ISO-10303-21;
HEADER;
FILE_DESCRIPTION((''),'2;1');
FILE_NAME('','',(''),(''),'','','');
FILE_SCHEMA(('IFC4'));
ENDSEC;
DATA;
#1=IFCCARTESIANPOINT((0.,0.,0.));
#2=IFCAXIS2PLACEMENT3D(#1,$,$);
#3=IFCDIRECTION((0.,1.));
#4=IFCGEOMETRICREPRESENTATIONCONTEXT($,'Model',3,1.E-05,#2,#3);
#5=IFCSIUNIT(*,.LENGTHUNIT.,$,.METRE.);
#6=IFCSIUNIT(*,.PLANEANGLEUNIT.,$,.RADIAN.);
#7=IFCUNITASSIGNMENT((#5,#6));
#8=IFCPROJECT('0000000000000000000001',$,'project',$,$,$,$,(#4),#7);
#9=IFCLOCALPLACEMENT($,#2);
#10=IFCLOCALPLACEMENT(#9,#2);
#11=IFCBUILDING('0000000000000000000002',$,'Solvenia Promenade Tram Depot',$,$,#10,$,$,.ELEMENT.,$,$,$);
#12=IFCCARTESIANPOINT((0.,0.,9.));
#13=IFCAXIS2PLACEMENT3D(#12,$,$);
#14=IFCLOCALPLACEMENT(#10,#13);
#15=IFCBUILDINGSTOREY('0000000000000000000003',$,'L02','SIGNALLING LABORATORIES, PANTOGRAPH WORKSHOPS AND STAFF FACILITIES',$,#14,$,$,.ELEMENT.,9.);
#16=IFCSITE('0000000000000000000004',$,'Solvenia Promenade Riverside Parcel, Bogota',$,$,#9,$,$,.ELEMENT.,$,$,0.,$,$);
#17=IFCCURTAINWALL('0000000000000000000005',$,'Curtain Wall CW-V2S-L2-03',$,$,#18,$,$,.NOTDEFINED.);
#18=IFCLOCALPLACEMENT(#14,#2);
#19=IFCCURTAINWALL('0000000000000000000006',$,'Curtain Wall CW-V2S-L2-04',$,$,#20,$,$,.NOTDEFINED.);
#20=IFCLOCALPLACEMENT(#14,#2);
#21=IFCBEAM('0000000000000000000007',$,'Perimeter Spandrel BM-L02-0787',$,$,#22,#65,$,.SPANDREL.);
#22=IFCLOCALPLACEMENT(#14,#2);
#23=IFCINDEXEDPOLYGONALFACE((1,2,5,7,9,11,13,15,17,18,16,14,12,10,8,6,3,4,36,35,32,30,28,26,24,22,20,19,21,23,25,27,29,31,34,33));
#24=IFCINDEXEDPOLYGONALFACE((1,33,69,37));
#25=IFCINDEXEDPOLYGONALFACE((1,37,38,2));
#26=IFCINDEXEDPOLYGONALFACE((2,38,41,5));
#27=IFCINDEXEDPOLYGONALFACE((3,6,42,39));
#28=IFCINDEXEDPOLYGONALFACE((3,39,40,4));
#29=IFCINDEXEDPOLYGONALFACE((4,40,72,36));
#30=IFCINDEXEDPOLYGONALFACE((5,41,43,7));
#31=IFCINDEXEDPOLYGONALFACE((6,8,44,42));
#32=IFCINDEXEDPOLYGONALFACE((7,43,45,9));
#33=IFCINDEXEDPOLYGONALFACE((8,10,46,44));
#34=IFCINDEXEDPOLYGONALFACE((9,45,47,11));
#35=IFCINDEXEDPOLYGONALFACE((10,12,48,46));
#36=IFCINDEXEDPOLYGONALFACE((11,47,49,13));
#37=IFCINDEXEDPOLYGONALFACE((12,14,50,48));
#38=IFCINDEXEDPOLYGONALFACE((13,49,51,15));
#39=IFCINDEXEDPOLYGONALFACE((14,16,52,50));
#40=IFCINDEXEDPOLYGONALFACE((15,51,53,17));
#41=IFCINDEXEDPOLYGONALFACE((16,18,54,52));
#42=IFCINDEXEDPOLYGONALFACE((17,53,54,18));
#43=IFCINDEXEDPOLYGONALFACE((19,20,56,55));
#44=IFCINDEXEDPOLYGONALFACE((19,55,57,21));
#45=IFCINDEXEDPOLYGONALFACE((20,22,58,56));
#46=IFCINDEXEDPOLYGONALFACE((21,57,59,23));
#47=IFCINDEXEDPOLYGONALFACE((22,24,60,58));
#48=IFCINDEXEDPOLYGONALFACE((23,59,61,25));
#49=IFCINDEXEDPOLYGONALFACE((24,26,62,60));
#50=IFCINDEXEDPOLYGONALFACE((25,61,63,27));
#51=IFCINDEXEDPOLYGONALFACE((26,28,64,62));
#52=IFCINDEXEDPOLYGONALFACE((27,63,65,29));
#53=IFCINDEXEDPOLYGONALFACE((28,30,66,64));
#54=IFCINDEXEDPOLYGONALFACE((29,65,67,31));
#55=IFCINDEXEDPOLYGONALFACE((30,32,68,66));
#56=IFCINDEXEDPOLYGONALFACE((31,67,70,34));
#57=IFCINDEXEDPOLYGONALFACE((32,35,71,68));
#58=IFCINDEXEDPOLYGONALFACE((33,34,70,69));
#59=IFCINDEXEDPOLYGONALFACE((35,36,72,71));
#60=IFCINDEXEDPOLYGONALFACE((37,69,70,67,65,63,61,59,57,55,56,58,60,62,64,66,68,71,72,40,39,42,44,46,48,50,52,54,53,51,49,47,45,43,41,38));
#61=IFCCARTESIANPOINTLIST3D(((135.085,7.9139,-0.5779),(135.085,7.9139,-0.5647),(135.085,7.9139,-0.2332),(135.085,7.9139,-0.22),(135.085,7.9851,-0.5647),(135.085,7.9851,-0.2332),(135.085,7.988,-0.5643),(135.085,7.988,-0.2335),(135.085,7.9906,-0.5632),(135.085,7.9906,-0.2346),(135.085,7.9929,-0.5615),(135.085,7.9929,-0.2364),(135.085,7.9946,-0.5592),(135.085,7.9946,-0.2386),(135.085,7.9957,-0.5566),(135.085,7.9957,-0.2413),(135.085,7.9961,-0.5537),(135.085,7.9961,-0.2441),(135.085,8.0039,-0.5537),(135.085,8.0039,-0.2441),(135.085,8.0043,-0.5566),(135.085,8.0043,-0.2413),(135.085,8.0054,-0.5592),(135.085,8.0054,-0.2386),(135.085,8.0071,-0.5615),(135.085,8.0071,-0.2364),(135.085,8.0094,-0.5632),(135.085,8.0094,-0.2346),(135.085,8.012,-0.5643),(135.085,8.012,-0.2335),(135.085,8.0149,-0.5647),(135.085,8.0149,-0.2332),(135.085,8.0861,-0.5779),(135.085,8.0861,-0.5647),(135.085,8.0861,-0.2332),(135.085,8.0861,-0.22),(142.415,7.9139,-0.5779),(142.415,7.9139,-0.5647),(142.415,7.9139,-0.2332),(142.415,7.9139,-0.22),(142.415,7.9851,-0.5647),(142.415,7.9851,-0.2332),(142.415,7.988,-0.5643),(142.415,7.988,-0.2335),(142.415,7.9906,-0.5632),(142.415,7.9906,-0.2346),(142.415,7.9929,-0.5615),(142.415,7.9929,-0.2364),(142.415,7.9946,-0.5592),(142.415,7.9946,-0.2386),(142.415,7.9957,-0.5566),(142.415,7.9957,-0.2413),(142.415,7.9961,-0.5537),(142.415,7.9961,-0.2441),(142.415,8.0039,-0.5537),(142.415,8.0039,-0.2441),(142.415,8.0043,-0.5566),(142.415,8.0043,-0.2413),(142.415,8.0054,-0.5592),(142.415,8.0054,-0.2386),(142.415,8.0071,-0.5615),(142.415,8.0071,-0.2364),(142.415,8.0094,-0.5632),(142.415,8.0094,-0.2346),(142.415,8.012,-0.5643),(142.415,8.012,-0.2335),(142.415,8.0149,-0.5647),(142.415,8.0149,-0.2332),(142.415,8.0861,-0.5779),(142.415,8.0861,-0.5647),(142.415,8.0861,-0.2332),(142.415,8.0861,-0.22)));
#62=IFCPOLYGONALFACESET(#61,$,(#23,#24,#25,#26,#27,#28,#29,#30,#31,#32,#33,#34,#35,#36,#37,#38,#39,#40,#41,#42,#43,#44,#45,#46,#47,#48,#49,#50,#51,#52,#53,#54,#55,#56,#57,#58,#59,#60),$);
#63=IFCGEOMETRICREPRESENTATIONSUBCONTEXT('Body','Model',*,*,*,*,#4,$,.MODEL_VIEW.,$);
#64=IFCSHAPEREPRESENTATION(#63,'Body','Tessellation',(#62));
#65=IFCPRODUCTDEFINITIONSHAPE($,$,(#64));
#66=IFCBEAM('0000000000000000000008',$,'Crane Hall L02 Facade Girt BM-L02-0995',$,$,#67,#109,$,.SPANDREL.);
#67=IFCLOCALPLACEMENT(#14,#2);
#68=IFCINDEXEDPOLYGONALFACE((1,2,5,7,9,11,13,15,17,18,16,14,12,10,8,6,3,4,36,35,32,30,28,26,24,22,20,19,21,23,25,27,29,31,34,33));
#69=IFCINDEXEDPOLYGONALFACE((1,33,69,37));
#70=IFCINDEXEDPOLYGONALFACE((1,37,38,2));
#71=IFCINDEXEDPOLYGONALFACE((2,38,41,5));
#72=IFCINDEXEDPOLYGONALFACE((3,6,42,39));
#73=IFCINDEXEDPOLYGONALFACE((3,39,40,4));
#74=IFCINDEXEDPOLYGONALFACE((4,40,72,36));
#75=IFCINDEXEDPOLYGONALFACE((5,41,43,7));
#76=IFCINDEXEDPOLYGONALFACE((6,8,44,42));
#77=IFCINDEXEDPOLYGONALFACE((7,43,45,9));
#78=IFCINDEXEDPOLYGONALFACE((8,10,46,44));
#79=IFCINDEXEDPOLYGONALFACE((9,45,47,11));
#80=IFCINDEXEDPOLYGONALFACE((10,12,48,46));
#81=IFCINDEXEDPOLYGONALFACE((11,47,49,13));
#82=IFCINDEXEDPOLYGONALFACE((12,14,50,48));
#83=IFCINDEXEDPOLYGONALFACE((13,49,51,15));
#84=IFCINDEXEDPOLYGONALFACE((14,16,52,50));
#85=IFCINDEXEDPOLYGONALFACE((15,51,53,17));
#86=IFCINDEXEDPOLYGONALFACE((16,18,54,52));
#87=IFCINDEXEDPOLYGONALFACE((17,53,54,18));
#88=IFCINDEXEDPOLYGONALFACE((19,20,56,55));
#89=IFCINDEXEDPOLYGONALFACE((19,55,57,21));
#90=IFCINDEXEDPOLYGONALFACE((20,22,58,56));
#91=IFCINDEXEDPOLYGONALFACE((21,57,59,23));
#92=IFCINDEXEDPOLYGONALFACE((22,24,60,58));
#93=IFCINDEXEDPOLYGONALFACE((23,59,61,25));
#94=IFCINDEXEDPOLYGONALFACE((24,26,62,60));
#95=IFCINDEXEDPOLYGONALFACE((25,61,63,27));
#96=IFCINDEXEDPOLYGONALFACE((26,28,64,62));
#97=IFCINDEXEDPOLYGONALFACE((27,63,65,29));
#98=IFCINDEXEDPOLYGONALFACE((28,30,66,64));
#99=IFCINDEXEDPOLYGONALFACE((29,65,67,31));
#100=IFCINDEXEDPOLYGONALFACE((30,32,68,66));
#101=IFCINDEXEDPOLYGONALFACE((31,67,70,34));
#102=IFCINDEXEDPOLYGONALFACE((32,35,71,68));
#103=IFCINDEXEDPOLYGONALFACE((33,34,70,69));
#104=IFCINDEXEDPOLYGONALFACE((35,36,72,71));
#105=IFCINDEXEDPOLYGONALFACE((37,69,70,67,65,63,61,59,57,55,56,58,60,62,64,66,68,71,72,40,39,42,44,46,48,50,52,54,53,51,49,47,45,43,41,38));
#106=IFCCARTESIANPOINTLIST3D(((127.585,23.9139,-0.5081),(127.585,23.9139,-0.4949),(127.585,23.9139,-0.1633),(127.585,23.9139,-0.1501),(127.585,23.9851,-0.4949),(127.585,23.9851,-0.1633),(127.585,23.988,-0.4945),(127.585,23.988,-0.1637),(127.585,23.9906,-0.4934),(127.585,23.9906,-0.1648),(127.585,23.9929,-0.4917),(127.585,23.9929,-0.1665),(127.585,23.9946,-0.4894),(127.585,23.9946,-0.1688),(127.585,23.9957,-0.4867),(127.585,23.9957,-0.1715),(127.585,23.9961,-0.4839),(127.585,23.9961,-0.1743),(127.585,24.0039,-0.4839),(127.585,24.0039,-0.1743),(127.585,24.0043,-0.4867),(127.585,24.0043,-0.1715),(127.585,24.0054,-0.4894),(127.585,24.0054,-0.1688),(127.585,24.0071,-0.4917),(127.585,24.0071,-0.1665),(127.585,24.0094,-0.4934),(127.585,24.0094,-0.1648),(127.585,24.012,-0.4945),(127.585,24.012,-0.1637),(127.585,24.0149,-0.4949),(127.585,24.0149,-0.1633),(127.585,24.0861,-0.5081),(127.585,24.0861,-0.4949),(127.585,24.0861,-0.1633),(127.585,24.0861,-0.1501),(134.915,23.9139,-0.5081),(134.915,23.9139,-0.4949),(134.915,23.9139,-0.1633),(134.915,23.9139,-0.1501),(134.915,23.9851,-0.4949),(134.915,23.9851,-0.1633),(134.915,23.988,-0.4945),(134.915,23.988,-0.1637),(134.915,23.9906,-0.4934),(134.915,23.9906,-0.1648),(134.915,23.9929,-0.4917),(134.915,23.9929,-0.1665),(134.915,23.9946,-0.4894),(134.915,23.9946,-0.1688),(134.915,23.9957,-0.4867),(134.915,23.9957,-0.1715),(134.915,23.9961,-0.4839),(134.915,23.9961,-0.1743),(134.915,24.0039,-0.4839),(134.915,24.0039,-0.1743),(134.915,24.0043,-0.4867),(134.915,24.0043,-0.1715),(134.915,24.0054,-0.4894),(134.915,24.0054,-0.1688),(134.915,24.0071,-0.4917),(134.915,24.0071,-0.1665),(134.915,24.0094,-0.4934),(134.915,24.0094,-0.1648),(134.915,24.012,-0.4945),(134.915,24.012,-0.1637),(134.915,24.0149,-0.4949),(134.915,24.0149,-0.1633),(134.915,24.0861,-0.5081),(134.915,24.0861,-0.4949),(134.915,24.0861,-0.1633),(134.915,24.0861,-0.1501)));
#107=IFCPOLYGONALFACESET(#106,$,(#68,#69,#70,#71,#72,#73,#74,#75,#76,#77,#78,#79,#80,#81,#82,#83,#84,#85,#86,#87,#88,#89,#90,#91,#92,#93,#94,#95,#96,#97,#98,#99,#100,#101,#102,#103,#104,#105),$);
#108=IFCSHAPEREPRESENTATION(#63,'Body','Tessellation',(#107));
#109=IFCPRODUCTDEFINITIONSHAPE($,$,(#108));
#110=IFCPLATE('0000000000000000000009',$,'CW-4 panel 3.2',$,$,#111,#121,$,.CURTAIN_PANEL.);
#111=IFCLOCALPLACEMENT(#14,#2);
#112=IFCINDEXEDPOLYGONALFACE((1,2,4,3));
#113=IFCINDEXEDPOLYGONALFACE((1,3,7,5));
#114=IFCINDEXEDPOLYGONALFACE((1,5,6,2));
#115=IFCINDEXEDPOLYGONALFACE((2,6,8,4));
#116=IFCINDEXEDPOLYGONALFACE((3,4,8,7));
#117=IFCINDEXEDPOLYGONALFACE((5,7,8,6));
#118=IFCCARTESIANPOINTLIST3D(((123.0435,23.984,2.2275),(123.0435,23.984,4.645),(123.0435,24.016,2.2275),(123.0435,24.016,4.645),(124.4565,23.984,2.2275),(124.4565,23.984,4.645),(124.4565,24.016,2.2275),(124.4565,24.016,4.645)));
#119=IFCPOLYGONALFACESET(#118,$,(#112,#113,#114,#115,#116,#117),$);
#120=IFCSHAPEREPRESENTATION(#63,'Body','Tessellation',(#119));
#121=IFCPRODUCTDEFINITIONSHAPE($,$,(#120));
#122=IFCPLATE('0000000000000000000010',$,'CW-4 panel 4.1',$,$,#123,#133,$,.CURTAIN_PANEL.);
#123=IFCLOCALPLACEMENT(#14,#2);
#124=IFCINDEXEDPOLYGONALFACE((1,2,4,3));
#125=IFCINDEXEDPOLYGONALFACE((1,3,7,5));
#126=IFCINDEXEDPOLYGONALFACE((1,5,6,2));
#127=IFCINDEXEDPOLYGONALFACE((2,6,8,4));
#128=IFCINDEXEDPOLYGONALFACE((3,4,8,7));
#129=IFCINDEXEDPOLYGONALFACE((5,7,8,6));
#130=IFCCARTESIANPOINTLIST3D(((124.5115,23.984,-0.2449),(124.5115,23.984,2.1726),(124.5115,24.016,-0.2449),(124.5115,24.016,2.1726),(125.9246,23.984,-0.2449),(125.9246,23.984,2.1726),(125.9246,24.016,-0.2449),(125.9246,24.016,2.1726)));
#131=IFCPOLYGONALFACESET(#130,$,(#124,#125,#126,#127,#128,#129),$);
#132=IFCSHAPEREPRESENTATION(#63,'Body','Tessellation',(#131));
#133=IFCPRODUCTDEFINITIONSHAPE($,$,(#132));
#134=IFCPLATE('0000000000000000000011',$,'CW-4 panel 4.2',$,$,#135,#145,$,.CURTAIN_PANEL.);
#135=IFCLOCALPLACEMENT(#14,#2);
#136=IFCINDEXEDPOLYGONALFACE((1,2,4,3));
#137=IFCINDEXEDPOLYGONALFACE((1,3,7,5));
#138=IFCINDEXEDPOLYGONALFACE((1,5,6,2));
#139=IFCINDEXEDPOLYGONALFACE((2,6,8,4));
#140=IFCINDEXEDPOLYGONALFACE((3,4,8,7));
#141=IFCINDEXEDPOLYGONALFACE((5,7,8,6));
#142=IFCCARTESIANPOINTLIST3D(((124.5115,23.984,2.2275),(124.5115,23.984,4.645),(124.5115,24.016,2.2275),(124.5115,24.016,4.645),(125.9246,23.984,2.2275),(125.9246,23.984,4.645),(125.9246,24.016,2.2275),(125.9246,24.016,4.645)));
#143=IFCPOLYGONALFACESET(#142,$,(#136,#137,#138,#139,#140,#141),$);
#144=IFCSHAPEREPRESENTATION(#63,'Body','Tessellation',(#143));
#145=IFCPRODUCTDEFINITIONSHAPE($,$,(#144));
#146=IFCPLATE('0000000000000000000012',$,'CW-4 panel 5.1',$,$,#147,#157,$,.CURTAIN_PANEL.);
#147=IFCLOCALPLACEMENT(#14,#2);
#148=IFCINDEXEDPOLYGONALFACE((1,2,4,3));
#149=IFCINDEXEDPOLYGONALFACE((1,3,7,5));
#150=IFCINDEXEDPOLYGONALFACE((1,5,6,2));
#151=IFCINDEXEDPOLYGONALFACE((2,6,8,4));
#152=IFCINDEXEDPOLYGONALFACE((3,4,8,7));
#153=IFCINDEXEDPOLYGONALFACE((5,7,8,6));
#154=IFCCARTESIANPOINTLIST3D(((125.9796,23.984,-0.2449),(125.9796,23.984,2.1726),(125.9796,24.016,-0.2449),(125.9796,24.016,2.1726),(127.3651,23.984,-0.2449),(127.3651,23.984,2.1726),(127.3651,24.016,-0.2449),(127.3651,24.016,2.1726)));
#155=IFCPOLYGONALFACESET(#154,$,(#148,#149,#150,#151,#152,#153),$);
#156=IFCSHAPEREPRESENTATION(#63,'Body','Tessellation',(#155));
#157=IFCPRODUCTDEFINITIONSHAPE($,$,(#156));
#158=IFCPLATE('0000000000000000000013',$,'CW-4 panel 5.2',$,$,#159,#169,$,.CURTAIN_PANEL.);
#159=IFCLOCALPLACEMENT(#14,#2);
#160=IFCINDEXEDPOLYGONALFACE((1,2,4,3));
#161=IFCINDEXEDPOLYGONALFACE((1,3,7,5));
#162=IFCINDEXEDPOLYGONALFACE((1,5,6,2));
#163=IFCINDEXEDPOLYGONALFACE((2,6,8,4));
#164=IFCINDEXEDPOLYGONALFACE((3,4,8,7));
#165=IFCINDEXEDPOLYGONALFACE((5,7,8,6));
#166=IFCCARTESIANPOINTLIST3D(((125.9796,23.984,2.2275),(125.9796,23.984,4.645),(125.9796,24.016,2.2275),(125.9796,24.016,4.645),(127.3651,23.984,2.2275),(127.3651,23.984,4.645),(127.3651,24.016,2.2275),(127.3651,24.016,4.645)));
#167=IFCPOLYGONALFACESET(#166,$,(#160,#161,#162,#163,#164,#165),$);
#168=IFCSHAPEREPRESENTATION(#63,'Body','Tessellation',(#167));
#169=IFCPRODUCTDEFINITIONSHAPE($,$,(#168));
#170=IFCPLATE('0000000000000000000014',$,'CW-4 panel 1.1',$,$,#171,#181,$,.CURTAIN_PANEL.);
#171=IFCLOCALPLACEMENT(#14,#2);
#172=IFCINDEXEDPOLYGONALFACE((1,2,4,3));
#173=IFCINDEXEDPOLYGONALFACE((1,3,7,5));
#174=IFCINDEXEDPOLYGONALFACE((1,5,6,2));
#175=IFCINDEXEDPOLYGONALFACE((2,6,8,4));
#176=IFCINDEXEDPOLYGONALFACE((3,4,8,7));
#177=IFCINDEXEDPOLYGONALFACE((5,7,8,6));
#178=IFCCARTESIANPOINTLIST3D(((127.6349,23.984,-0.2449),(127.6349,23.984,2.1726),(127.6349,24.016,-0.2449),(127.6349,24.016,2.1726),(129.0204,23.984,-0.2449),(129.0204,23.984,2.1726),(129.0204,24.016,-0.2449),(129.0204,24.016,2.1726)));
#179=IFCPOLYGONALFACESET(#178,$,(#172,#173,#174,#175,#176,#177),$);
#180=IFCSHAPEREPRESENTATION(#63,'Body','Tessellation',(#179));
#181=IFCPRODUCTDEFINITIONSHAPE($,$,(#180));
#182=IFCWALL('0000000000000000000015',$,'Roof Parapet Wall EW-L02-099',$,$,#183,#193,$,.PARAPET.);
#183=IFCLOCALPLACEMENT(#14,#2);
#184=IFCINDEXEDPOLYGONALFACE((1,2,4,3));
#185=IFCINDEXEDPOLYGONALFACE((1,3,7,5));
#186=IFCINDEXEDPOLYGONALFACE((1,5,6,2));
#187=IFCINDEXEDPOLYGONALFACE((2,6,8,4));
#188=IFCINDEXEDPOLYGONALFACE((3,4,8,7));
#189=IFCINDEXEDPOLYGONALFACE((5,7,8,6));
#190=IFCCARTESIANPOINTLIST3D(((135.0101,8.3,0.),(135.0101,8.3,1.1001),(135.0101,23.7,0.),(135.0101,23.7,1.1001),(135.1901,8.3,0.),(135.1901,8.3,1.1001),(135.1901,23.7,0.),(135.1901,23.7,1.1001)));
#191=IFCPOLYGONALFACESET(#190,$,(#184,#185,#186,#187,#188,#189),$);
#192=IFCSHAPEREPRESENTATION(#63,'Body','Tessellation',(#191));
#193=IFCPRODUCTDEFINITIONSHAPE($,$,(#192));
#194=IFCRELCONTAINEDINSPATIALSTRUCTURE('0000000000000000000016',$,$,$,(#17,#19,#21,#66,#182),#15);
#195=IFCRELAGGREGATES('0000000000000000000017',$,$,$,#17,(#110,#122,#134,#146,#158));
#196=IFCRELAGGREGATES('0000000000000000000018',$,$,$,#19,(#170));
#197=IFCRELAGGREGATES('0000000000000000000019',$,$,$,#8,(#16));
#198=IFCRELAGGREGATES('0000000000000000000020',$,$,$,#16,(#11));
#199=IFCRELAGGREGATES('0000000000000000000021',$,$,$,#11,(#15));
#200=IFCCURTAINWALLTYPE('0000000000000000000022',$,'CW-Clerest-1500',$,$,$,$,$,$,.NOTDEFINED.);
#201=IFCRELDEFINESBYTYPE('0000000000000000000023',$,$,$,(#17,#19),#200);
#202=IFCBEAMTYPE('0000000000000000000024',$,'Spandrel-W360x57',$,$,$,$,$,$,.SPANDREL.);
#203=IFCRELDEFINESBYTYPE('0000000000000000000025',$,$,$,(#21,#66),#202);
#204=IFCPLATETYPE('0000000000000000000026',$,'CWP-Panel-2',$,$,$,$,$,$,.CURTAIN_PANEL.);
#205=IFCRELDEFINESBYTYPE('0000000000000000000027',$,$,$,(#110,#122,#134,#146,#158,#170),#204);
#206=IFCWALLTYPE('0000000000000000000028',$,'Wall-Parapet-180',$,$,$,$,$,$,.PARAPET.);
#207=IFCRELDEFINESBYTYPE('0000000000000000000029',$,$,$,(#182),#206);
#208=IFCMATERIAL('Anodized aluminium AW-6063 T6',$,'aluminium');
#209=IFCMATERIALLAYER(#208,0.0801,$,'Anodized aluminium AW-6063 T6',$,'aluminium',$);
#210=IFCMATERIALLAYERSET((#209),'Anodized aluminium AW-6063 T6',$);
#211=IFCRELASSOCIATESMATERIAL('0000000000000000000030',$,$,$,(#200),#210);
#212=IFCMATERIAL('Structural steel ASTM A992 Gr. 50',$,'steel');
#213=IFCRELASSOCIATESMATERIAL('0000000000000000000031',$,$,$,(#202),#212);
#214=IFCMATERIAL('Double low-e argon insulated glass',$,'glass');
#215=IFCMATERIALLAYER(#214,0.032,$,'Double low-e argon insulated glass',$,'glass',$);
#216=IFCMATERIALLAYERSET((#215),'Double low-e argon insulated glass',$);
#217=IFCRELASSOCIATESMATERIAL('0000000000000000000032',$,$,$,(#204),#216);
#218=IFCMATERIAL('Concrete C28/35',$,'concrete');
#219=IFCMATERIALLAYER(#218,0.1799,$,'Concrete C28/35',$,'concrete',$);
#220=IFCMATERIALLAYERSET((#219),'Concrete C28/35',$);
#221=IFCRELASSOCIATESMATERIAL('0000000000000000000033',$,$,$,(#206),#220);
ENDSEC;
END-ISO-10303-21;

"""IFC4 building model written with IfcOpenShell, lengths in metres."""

from ifc_helpers import new_model, si_unit, direction, frame, frame_2d, origin, origin_2d, place, context, subcontext, project, spatial, rectangle, i_section, extrude, material, layer, layer_set, material_profile, profile_set, type_object, element, aggregate, save


model = new_model("IFC4")

# Units and contexts
model_context = context("Model", 3, precision=1e-05, world=origin(), true_north=direction((0.0, 1.0)))
body_context = subcontext(model_context, "Body", "Model", "MODEL_VIEW")
ifc_project = project(units=[si_unit("LENGTHUNIT", "METRE"), si_unit("PLANEANGLEUNIT", "RADIAN")], contexts=[model_context])

# Site, building, storey
site_placement = place(None, origin())
site = spatial("IfcSite", under=ifc_project, at=site_placement, Name="Solvenia Promenade Riverside Parcel, Bogota", CompositionType="ELEMENT", RefElevation=0.0)
building_placement = place(site_placement, origin())
building = spatial("IfcBuilding", under=site, at=building_placement, Name="Solvenia Promenade Tram Depot", CompositionType="ELEMENT")
storey_placement = place(building_placement, frame((0.0, 0.0, 9.0)))
storey = spatial("IfcBuildingStorey", under=building, at=storey_placement, Name="L02", Description="SIGNALLING LABORATORIES, PANTOGRAPH WORKSHOPS AND STAFF FACILITIES", CompositionType="ELEMENT", Elevation=9.0)

# Shared definitions
ifc_material_1 = material(Name="Structural steel ASTM A992 Gr. 50", Category="steel")

# Curtain wall
ifc_material_2 = material(Name="Anodized aluminium AW-6063 T6", Category="aluminium")
ifc_layer_1 = layer(ifc_material_2, 0.0801, Name="Anodized aluminium AW-6063 T6", Category="aluminium")
ifc_layer_set_1 = layer_set([ifc_layer_1], Name="Anodized aluminium AW-6063 T6")
curtain_wall_type = type_object("IfcCurtainWallType", Name="CW-Clerest-1500", PredefinedType="NOTDEFINED", material=ifc_layer_set_1)
curtain_wall_1_placement = place(storey_placement, origin())
curtain_wall_1 = element("IfcCurtainWall", 1, at=curtain_wall_1_placement, inside=storey, type_object=curtain_wall_type, Name="Curtain Wall CW-V2S-L2-03", PredefinedType="NOTDEFINED")

# Curtain wall
curtain_wall_2_placement = place(storey_placement, origin())
curtain_wall_2 = element("IfcCurtainWall", 2, at=curtain_wall_2_placement, inside=storey, type_object=curtain_wall_type, Name="Curtain Wall CW-V2S-L2-04", PredefinedType="NOTDEFINED")

# Beams
ifc_material_profile_1 = material_profile(ifc_material_1, i_section(OverallWidth=0.1721, OverallDepth=0.3579, WebThickness=0.0078, FlangeThickness=0.0132, FilletRadius=0.011, at=origin_2d()), Name="W360x57", Category="steel")
ifc_profile_set_1 = profile_set([ifc_material_profile_1], Name="Structural steel ASTM A992 Gr. 50")
beam_type_1 = type_object("IfcBeamType", Name="Spandrel-W360x57", PredefinedType="SPANDREL", material=ifc_profile_set_1)
for number, where, z_axis, x_axis, name in (
    (3, (135.085, 8.0, -0.3989), (1.0, 0.0, 0.0), (0.0, 1.0, 0.0), "Perimeter Spandrel BM-L02-0787"),
    (4, (127.585, 24.0, -0.3291), (1.0, 0.0, 0.0), (0.0, 1.0, 0.0), "Crane Hall L02 Facade Girt BM-L02-0995"),
):
    element("IfcBeam", number, at=place(storey_placement, frame(where, z_axis=z_axis, x_axis=x_axis)), inside=storey, type_object=beam_type_1, Name=name, PredefinedType="SPANDREL", context=body_context, shape_type="SweptSolid", body=[
        extrude(i_section(OverallWidth=0.1721, OverallDepth=0.3579, WebThickness=0.0078, FlangeThickness=0.0132, FilletRadius=0.011, at=origin_2d()), origin(), (0.0, 0.0, 1.0), 7.3301),
    ])

# Plates
ifc_material_3 = material(Name="Double low-e argon insulated glass", Category="glass")
ifc_layer_2 = layer(ifc_material_3, 0.032, Name="Double low-e argon insulated glass", Category="glass")
ifc_layer_set_2 = layer_set([ifc_layer_2], Name="Double low-e argon insulated glass")
plate_type = type_object("IfcPlateType", Name="CWP-Panel-2", PredefinedType="CURTAIN_PANEL", material=ifc_layer_set_2)
plate_1_placement = place(storey_placement, frame((123.75, 24.0, 2.2275), z_axis=(0.0, 0.0, 1.0), x_axis=(1.0, 0.0, 0.0)))
plate_1 = element("IfcPlate", 5, at=plate_1_placement, type_object=plate_type, Name="CW-4 panel 3.2", PredefinedType="CURTAIN_PANEL", context=body_context, shape_type="SweptSolid", body=[
    extrude(rectangle(XDim=1.4131, YDim=0.032, at=origin_2d()), origin(), (0.0, 0.0, 1.0), 2.4175),
])
plate_2_placement = place(storey_placement, frame((125.218, 24.0, -0.2449), z_axis=(0.0, 0.0, 1.0), x_axis=(1.0, 0.0, 0.0)))
plate_2 = element("IfcPlate", 6, at=plate_2_placement, type_object=plate_type, Name="CW-4 panel 4.1", PredefinedType="CURTAIN_PANEL", context=body_context, shape_type="SweptSolid", body=[
    extrude(rectangle(XDim=1.4131, YDim=0.032, at=origin_2d()), origin(), (0.0, 0.0, 1.0), 2.4175),
])
plate_3_placement = place(storey_placement, frame((125.218, 24.0, 2.2275), z_axis=(0.0, 0.0, 1.0), x_axis=(1.0, 0.0, 0.0)))
plate_3 = element("IfcPlate", 7, at=plate_3_placement, type_object=plate_type, Name="CW-4 panel 4.2", PredefinedType="CURTAIN_PANEL", context=body_context, shape_type="SweptSolid", body=[
    extrude(rectangle(XDim=1.4131, YDim=0.032, at=origin_2d()), origin(), (0.0, 0.0, 1.0), 2.4175),
])
plate_4_placement = place(storey_placement, frame((126.6724, 24.0, -0.2449), z_axis=(0.0, 0.0, 1.0), x_axis=(1.0, 0.0, 0.0)))
plate_4 = element("IfcPlate", 8, at=plate_4_placement, type_object=plate_type, Name="CW-4 panel 5.1", PredefinedType="CURTAIN_PANEL", context=body_context, shape_type="SweptSolid", body=[
    extrude(rectangle(XDim=1.3855, YDim=0.032, at=origin_2d()), origin(), (0.0, 0.0, 1.0), 2.4175),
])
plate_5_placement = place(storey_placement, frame((126.6724, 24.0, 2.2275), z_axis=(0.0, 0.0, 1.0), x_axis=(1.0, 0.0, 0.0)))
plate_5 = element("IfcPlate", 9, at=plate_5_placement, type_object=plate_type, Name="CW-4 panel 5.2", PredefinedType="CURTAIN_PANEL", context=body_context, shape_type="SweptSolid", body=[
    extrude(rectangle(XDim=1.3855, YDim=0.032, at=origin_2d()), origin(), (0.0, 0.0, 1.0), 2.4175),
])
aggregate(curtain_wall_1, [plate_1, plate_2, plate_3, plate_4, plate_5])
plate_6_placement = place(storey_placement, frame((128.3276, 24.0, -0.2449), z_axis=(0.0, 0.0, 1.0), x_axis=(1.0, 0.0, 0.0)))
plate_6 = element("IfcPlate", 10, at=plate_6_placement, type_object=plate_type, Name="CW-4 panel 1.1", PredefinedType="CURTAIN_PANEL", context=body_context, shape_type="SweptSolid", body=[
    extrude(rectangle(XDim=1.3855, YDim=0.032, at=origin_2d()), origin(), (0.0, 0.0, 1.0), 2.4175),
])
aggregate(curtain_wall_2, [plate_6])

# Wall
ifc_material_4 = material(Name="Concrete C28/35", Category="concrete")
ifc_layer_3 = layer(ifc_material_4, 0.1799, Name="Concrete C28/35", Category="concrete")
ifc_layer_set_3 = layer_set([ifc_layer_3], Name="Concrete C28/35")
wall_type_1 = type_object("IfcWallType", Name="Wall-Parapet-180", PredefinedType="PARAPET", material=ifc_layer_set_3)
wall_1_placement = place(storey_placement, frame((135.1001, 23.7, 0.0), z_axis=(0.0, 0.0, 1.0), x_axis=(0.0, -1.0, 0.0)))
element("IfcWall", 11, at=wall_1_placement, inside=storey, type_object=wall_type_1, Name="Roof Parapet Wall EW-L02-099", PredefinedType="PARAPET", context=body_context, shape_type="SweptSolid", body=[
    extrude(rectangle(XDim=15.3999, YDim=0.1799, at=frame_2d((7.7, 0.0))), origin(), (0.0, 0.0, 1.0), 1.1001),
])

save(model, "model.ifc")
